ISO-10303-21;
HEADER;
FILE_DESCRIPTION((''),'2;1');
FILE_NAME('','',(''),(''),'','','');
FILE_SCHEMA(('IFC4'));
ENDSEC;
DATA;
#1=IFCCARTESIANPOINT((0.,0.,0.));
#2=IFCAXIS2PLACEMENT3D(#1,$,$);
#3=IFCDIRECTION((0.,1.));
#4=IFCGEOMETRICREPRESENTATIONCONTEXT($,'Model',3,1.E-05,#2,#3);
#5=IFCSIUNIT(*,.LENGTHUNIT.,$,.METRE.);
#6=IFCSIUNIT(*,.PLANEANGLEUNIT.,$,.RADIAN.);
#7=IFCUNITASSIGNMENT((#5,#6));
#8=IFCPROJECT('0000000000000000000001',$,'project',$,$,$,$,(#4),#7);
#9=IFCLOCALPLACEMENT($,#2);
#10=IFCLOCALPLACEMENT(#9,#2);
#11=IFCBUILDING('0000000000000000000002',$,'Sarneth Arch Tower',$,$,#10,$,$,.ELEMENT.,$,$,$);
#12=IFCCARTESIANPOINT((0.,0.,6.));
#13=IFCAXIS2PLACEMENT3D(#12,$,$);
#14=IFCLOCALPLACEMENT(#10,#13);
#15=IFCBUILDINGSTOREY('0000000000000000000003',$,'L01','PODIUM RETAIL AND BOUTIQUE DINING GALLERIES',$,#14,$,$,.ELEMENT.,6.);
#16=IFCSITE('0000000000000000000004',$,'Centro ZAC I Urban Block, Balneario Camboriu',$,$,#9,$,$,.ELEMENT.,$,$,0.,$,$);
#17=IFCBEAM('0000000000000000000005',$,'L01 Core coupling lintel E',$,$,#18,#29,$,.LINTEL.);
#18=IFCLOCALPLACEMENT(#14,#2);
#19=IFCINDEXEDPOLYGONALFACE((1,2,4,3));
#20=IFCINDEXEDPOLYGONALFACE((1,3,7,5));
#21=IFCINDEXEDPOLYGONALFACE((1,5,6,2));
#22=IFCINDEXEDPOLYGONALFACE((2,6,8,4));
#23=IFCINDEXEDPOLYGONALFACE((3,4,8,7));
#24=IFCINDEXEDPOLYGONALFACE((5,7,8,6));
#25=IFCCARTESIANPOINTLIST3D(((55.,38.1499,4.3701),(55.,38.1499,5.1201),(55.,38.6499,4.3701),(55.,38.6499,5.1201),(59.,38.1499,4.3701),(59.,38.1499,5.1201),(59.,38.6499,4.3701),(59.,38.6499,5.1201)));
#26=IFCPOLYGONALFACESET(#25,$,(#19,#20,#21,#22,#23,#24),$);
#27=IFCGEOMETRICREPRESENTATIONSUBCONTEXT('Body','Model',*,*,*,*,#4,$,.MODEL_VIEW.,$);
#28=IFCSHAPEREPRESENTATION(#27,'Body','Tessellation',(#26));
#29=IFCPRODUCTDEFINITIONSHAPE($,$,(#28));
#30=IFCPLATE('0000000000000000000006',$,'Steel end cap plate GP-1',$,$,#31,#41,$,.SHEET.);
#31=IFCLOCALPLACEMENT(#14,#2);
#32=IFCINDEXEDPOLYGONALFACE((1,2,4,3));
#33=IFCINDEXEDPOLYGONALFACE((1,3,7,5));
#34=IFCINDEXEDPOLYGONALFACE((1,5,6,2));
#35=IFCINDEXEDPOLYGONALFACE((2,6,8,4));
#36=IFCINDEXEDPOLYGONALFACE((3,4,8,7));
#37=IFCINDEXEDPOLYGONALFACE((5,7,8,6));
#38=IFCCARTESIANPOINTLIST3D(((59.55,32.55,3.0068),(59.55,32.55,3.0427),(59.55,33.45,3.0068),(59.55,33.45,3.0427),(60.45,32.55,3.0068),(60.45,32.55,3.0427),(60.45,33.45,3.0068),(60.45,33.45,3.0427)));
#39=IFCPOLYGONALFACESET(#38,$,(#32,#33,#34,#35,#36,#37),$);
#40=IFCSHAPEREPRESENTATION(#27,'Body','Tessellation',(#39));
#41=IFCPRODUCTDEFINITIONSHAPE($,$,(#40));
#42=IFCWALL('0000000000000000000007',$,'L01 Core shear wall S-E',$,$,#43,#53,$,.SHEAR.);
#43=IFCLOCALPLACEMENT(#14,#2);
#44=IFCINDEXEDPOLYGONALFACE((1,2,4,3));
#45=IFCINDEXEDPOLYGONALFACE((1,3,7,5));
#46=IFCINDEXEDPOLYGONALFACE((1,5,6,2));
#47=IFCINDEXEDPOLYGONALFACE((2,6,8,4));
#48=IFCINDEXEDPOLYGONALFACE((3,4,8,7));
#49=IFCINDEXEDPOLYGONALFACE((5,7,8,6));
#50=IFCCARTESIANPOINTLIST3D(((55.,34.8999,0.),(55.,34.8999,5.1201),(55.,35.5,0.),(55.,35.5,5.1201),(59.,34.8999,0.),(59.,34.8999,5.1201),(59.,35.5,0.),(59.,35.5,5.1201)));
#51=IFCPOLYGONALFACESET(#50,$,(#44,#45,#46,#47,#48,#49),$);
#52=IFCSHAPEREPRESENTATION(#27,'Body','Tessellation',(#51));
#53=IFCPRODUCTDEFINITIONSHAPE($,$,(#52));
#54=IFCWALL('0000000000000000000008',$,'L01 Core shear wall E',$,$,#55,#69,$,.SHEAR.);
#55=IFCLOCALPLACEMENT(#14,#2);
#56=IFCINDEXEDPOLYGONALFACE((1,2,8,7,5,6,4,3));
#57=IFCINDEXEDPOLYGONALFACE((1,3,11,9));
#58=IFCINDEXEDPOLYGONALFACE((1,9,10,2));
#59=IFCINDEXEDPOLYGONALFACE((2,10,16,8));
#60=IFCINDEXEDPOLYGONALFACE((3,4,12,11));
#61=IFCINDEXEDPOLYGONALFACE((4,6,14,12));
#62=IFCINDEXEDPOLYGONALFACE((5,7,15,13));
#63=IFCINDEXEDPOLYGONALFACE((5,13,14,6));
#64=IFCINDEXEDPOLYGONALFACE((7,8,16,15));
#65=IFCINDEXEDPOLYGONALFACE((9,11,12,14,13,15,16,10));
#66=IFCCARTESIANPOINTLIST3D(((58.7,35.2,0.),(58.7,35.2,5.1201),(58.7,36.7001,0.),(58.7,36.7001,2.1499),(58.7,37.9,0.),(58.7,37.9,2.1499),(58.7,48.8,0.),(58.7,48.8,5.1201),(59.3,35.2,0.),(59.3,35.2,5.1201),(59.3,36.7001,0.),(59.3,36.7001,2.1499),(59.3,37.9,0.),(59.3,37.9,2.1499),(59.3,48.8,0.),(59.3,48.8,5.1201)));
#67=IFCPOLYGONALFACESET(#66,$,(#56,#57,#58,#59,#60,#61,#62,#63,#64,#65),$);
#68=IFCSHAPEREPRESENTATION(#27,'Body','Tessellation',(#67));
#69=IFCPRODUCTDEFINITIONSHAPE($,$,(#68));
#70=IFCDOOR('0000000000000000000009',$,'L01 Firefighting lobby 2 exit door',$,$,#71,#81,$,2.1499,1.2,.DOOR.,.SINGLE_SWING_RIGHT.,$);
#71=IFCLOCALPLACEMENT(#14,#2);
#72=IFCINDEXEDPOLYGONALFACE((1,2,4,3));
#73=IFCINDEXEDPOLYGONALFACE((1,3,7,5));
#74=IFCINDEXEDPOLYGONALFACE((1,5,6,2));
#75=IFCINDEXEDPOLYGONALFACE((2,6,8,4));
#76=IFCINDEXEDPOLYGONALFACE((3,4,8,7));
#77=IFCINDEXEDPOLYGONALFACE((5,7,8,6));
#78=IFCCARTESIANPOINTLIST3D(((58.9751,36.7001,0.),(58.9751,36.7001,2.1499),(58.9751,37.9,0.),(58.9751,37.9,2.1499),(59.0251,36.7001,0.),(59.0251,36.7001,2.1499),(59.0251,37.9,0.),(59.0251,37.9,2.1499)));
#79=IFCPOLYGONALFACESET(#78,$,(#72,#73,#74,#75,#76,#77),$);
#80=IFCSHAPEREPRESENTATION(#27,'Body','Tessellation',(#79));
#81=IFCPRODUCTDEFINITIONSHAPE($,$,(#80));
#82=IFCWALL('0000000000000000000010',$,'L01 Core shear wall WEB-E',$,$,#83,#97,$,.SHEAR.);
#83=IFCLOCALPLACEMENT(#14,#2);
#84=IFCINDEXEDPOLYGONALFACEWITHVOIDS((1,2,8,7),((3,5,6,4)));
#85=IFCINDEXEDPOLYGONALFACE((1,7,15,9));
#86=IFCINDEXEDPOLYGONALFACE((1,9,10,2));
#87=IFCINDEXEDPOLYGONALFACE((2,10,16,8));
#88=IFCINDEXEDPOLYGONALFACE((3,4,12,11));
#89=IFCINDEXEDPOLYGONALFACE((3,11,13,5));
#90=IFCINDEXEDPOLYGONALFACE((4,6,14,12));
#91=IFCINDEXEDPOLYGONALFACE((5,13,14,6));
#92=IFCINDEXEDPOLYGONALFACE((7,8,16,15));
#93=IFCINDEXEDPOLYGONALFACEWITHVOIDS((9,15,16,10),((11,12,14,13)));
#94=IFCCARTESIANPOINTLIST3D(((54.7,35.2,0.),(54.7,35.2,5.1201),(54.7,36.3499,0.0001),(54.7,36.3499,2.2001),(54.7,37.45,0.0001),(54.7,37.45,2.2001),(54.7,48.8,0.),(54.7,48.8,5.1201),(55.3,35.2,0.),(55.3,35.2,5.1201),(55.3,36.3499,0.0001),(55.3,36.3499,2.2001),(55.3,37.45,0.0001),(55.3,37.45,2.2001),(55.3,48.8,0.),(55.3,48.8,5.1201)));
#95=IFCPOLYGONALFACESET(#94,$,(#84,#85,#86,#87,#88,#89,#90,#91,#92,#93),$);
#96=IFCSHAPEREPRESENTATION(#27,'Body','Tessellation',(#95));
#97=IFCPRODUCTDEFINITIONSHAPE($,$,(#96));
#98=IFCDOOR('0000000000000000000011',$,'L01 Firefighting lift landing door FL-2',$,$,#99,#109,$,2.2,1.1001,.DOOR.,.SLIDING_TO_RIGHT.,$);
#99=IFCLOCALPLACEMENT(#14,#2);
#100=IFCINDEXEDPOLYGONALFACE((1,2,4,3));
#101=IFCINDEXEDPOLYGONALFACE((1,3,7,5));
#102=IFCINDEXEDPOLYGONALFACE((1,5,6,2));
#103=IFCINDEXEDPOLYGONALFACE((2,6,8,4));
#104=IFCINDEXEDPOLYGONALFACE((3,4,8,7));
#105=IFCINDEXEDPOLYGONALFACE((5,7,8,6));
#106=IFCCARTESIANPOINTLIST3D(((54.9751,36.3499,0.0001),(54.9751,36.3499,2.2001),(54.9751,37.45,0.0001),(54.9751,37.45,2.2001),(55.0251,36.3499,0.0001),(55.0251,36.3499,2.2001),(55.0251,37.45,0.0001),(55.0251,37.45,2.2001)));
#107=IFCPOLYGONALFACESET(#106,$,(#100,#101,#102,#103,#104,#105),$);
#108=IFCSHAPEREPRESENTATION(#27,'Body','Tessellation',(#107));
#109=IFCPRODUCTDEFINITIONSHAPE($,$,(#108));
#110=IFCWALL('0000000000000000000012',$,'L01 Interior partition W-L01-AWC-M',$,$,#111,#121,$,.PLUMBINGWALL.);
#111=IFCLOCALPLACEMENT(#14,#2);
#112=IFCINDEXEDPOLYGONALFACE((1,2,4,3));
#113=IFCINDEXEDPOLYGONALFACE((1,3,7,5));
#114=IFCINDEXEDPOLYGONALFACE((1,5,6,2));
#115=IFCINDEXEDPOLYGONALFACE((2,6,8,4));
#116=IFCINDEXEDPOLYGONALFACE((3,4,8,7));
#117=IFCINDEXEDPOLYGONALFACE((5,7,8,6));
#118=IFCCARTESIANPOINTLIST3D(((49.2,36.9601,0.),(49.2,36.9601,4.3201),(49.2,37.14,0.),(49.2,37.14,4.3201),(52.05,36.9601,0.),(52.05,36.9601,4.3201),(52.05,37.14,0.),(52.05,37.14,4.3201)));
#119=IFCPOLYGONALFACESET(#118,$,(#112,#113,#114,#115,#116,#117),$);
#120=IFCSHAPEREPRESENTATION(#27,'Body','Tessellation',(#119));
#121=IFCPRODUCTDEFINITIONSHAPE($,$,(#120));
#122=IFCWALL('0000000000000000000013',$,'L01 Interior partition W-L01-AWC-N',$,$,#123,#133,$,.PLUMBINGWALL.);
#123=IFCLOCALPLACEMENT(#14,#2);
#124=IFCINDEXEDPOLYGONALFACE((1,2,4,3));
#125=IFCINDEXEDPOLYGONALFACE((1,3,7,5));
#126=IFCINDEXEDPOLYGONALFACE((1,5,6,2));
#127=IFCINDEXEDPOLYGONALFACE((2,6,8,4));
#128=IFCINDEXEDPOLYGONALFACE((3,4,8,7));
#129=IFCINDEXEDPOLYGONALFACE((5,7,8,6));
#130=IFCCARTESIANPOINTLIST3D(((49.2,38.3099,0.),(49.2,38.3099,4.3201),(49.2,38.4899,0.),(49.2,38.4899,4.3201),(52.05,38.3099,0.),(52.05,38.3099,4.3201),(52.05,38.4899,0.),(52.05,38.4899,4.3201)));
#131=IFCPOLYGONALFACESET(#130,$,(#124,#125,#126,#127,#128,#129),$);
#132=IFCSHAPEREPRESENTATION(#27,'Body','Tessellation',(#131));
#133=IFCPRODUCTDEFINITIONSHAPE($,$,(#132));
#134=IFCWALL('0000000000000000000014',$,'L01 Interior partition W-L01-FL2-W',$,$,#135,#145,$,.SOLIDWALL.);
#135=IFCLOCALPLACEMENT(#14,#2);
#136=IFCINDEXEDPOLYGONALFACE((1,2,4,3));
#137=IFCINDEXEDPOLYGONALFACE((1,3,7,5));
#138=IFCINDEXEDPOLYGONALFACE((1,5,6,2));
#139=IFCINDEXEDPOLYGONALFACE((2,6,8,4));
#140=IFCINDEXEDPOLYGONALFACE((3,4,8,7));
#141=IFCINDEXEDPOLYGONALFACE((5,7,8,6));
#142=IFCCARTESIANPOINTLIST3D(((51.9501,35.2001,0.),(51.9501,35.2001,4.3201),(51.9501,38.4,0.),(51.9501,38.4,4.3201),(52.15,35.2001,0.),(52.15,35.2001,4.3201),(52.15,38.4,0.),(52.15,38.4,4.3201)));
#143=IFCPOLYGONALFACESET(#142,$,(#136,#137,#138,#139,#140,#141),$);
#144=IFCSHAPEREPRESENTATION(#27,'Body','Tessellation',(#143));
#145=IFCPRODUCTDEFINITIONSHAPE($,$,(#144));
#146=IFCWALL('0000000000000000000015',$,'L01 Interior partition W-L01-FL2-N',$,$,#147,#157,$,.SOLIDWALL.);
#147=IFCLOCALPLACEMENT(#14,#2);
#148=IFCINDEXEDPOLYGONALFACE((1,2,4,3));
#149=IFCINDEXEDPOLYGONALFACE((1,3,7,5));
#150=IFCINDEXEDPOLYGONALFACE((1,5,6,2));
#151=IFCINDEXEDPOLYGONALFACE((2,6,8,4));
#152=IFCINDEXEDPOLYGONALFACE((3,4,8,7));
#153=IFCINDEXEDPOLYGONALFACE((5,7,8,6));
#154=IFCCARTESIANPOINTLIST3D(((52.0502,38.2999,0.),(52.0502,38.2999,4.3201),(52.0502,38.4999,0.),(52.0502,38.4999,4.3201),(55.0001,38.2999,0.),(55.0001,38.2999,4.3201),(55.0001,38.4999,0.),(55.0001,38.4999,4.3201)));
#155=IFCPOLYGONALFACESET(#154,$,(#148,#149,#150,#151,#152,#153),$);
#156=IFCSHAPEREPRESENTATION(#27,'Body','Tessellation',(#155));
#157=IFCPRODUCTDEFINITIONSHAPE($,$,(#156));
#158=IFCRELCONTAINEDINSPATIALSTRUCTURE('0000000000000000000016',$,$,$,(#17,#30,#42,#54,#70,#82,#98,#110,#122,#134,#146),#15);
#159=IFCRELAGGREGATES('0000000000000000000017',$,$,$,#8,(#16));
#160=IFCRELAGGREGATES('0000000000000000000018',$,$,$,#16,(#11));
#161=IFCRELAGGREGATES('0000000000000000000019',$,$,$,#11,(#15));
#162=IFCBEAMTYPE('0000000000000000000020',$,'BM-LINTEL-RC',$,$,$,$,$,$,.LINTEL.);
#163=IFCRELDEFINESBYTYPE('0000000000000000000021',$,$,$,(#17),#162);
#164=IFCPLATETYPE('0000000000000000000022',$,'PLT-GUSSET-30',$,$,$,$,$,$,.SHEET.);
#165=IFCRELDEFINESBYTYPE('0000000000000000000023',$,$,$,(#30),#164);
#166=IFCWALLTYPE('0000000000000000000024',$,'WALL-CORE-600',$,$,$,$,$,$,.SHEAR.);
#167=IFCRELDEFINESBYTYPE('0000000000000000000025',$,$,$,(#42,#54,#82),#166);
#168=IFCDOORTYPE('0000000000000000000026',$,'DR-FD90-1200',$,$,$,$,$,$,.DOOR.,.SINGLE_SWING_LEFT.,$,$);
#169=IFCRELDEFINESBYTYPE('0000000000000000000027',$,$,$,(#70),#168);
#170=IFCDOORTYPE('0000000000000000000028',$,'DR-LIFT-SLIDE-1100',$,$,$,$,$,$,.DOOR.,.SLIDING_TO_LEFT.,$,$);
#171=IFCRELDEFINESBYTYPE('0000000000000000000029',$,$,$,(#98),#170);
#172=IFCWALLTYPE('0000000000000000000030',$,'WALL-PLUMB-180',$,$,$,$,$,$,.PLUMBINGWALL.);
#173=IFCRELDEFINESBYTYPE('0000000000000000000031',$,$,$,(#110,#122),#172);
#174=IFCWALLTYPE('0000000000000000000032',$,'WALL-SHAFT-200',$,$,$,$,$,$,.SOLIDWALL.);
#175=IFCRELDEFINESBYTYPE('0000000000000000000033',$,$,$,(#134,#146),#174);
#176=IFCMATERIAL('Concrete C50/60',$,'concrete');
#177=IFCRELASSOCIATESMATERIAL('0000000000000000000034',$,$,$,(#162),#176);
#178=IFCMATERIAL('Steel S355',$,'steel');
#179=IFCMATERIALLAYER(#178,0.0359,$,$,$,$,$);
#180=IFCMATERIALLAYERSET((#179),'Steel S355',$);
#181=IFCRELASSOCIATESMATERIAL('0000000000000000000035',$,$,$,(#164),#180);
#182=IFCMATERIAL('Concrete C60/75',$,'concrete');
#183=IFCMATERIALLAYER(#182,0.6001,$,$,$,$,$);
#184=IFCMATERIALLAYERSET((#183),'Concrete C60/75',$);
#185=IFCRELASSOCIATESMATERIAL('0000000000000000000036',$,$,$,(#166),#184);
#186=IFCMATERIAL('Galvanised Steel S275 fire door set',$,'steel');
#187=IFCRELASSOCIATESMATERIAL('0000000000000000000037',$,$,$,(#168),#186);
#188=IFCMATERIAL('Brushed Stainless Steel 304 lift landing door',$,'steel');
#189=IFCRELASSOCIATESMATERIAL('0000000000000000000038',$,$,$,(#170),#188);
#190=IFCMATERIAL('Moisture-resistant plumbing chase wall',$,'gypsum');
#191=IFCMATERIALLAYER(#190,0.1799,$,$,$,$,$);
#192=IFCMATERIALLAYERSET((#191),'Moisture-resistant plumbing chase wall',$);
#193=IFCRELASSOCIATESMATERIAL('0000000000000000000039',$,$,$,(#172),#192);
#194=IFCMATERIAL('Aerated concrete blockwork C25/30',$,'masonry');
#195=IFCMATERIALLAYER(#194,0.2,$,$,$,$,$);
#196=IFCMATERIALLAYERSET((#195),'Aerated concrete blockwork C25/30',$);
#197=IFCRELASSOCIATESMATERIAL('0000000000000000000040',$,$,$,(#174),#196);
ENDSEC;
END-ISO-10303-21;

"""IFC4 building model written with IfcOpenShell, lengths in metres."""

from ifc_helpers import new_model, si_unit, direction, frame, frame_2d, origin, origin_2d, place, context, subcontext, project, spatial, rectangle, extrude, material, layer, layer_set, material_profile, profile_set, type_object, element, fill, save


model = new_model("IFC4")

# Units and contexts
model_context = context("Model", 3, precision=1e-05, world=origin(), true_north=direction((0.0, 1.0)))
body_context = subcontext(model_context, "Body", "Model", "MODEL_VIEW")
ifc_project = project(units=[si_unit("LENGTHUNIT", "METRE"), si_unit("PLANEANGLEUNIT", "RADIAN")], contexts=[model_context])

# Site, building, storey
site_placement = place(None, origin())
site = spatial("IfcSite", under=ifc_project, at=site_placement, Name="Centro ZAC I Urban Block, Balneario Camboriu", CompositionType="ELEMENT", RefElevation=0.0)
building_placement = place(site_placement, origin())
building = spatial("IfcBuilding", under=site, at=building_placement, Name="Sarneth Arch Tower", CompositionType="ELEMENT")
storey_placement = place(building_placement, frame((0.0, 0.0, 6.0)))
storey = spatial("IfcBuildingStorey", under=building, at=storey_placement, Name="L01", Description="PODIUM RETAIL AND BOUTIQUE DINING GALLERIES", CompositionType="ELEMENT", Elevation=6.0)

# Beam
ifc_material_1 = material(Name="Concrete C50/60", Category="concrete")
ifc_material_profile = material_profile(ifc_material_1, rectangle(XDim=0.5, YDim=0.75, at=origin_2d()), Name="RC-500x750")
ifc_profile_set = profile_set([ifc_material_profile], Name="Concrete C50/60")
beam_type = type_object("IfcBeamType", Name="BM-LINTEL-RC", PredefinedType="LINTEL", material=ifc_profile_set)
beam_placement = place(storey_placement, frame((55.0, 38.3999, 4.7451), z_axis=(1.0, 0.0, 0.0), x_axis=(0.0, 1.0, 0.0)))
element("IfcBeam", 1, at=beam_placement, inside=storey, type_object=beam_type, Name="L01 Core coupling lintel E", PredefinedType="LINTEL", context=body_context, shape_type="SweptSolid", body=[
    extrude(rectangle(XDim=0.5, YDim=0.75, at=origin_2d()), origin(), (0.0, 0.0, 1.0), 4.0),
])

# Plate
ifc_material_2 = material(Name="Steel S355", Category="steel")
ifc_layer_1 = layer(ifc_material_2, 0.0359)
ifc_layer_set_1 = layer_set([ifc_layer_1], Name="Steel S355")
plate_type = type_object("IfcPlateType", Name="PLT-GUSSET-30", PredefinedType="SHEET", material=ifc_layer_set_1)
plate_placement = place(storey_placement, frame((60.0, 33.0, 3.0068), z_axis=(0.0, 0.0, 1.0), x_axis=(-1.0, 0.0, 0.0)))
element("IfcPlate", 2, at=plate_placement, inside=storey, type_object=plate_type, Name="Steel end cap plate GP-1", PredefinedType="SHEET", context=body_context, shape_type="SweptSolid", body=[
    extrude(rectangle(XDim=0.8999, YDim=0.8999, at=origin_2d()), origin(), (0.0, 0.0, 1.0), 0.0359),
])

# Wall
ifc_material_3 = material(Name="Concrete C60/75", Category="concrete")
ifc_layer_2 = layer(ifc_material_3, 0.6001)
ifc_layer_set_2 = layer_set([ifc_layer_2], Name="Concrete C60/75")
wall_type_1 = type_object("IfcWallType", Name="WALL-CORE-600", PredefinedType="SHEAR", material=ifc_layer_set_2)
wall_1_placement = place(storey_placement, frame((55.0, 35.2, 0.0), z_axis=(0.0, 0.0, 1.0), x_axis=(1.0, 0.0, 0.0)))
element("IfcWall", 3, at=wall_1_placement, inside=storey, type_object=wall_type_1, Name="L01 Core shear wall S-E", PredefinedType="SHEAR", context=body_context, shape_type="SweptSolid", body=[
    extrude(rectangle(XDim=4.0, YDim=0.6001, at=frame_2d((2.0, 0.0))), origin(), (0.0, 0.0, 1.0), 5.1201),
])

# Walls, openings, doors
wall_2_placement = place(storey_placement, frame((59.0, 35.2, 0.0), z_axis=(0.0, 0.0, 1.0), x_axis=(0.0, 1.0, 0.0)))
wall_2 = element("IfcWall", 4, at=wall_2_placement, inside=storey, type_object=wall_type_1, Name="L01 Core shear wall E", PredefinedType="SHEAR", context=body_context, shape_type="SweptSolid", body=[
    extrude(rectangle(XDim=13.6001, YDim=0.6001, at=frame_2d((6.8, 0.0))), origin(), (0.0, 0.0, 1.0), 5.1201),
])
opening_1_placement = place(wall_2_placement, frame((1.5, 0.0, 0.0)))
opening_1 = element("IfcOpeningElement", 5, at=opening_1_placement, cuts=wall_2, PredefinedType="OPENING", context=body_context, shape_type="SweptSolid", body=[
    extrude(rectangle(XDim=1.2, YDim=2.1499, at=frame_2d((0.6001, 1.075))), frame((0.0, 0.3101, 0.0), z_axis=(0.0, -1.0, 0.0), x_axis=(1.0, 0.0, 0.0)), (0.0, 0.0, 1.0), 0.6201),
])
ifc_material_4 = material(Name="Galvanised Steel S275 fire door set", Category="steel")
door_type_1 = type_object("IfcDoorType", Name="DR-FD90-1200", OperationType="SINGLE_SWING_LEFT", PredefinedType="DOOR", material=ifc_material_4)
door_1_placement = place(opening_1_placement, origin())
door_1 = element("IfcDoor", 6, at=door_1_placement, inside=storey, type_object=door_type_1, Name="L01 Firefighting lobby 2 exit door", OperationType="SINGLE_SWING_RIGHT", OverallHeight=2.1499, OverallWidth=1.2, PredefinedType="DOOR", context=body_context, shape_type="SweptSolid", body=[
    extrude(rectangle(XDim=1.2, YDim=2.1499, at=frame_2d((0.6001, 1.075))), frame((0.0, 0.0249, 0.0), z_axis=(0.0, -1.0, 0.0), x_axis=(1.0, 0.0, 0.0)), (0.0, 0.0, 1.0), 0.05),
])
fill(opening_1, door_1)
wall_3_placement = place(storey_placement, frame((55.0, 35.2, 0.0), z_axis=(0.0, 0.0, 1.0), x_axis=(0.0, 1.0, 0.0)))
wall_3 = element("IfcWall", 7, at=wall_3_placement, inside=storey, type_object=wall_type_1, Name="L01 Core shear wall WEB-E", PredefinedType="SHEAR", context=body_context, shape_type="SweptSolid", body=[
    extrude(rectangle(XDim=13.6001, YDim=0.6001, at=frame_2d((6.8, 0.0))), origin(), (0.0, 0.0, 1.0), 5.1201),
])
opening_2_placement = place(wall_3_placement, frame((1.1499, 0.0, 0.0)))
opening_2 = element("IfcOpeningElement", 8, at=opening_2_placement, cuts=wall_3, PredefinedType="OPENING", context=body_context, shape_type="SweptSolid", body=[
    extrude(rectangle(XDim=1.1001, YDim=2.2, at=frame_2d((0.55, 1.1001))), frame((0.0, 0.3101, 0.0), z_axis=(0.0, -1.0, 0.0), x_axis=(1.0, 0.0, 0.0)), (0.0, 0.0, 1.0), 0.6201),
])
ifc_material_5 = material(Name="Brushed Stainless Steel 304 lift landing door", Category="steel")
door_type_2 = type_object("IfcDoorType", Name="DR-LIFT-SLIDE-1100", OperationType="SLIDING_TO_LEFT", PredefinedType="DOOR", material=ifc_material_5)
door_2_placement = place(opening_2_placement, origin())
door_2 = element("IfcDoor", 9, at=door_2_placement, inside=storey, type_object=door_type_2, Name="L01 Firefighting lift landing door FL-2", OperationType="SLIDING_TO_RIGHT", OverallHeight=2.2, OverallWidth=1.1001, PredefinedType="DOOR", context=body_context, shape_type="SweptSolid", body=[
    extrude(rectangle(XDim=1.1001, YDim=2.2, at=frame_2d((0.55, 1.1001))), frame((0.0, 0.0249, 0.0), z_axis=(0.0, -1.0, 0.0), x_axis=(1.0, 0.0, 0.0)), (0.0, 0.0, 1.0), 0.05),
])
fill(opening_2, door_2)

# Walls
ifc_material_6 = material(Name="Moisture-resistant plumbing chase wall", Category="gypsum")
ifc_layer_3 = layer(ifc_material_6, 0.1799)
ifc_layer_set_3 = layer_set([ifc_layer_3], Name="Moisture-resistant plumbing chase wall")
wall_type_2 = type_object("IfcWallType", Name="WALL-PLUMB-180", PredefinedType="PLUMBINGWALL", material=ifc_layer_set_3)
for number, where, z_axis, x_axis, name in (
    (10, (49.2, 37.05, 0.0), (0.0, 0.0, 1.0), (1.0, 0.0, 0.0), "L01 Interior partition W-L01-AWC-M"),
    (11, (49.2, 38.3999, 0.0), (0.0, 0.0, 1.0), (1.0, 0.0, 0.0), "L01 Interior partition W-L01-AWC-N"),
):
    element("IfcWall", number, at=place(storey_placement, frame(where, z_axis=z_axis, x_axis=x_axis)), inside=storey, type_object=wall_type_2, Name=name, PredefinedType="PLUMBINGWALL", context=body_context, shape_type="SweptSolid", body=[
        extrude(rectangle(XDim=2.8501, YDim=0.1799, at=frame_2d((1.425, 0.0))), origin(), (0.0, 0.0, 1.0), 4.3201),
    ])

# Shared definitions
ifc_material_7 = material(Name="Aerated concrete blockwork C25/30", Category="masonry")
ifc_layer_4 = layer(ifc_material_7, 0.2)
ifc_layer_set_4 = layer_set([ifc_layer_4], Name="Aerated concrete blockwork C25/30")
wall_type_3 = type_object("IfcWallType", Name="WALL-SHAFT-200", PredefinedType="SOLIDWALL", material=ifc_layer_set_4)

# Walls
wall_4_placement = place(storey_placement, frame((52.05, 35.2, 0.0), z_axis=(0.0, 0.0, 1.0), x_axis=(0.0, 1.0, 0.0)))
element("IfcWall", 12, at=wall_4_placement, inside=storey, type_object=wall_type_3, Name="L01 Interior partition W-L01-FL2-W", PredefinedType="SOLIDWALL", context=body_context, shape_type="SweptSolid", body=[
    extrude(rectangle(XDim=3.2, YDim=0.2, at=frame_2d((1.6001, 0.0))), origin(), (0.0, 0.0, 1.0), 4.3201),
])
wall_5_placement = place(storey_placement, frame((52.05, 38.3999, 0.0), z_axis=(0.0, 0.0, 1.0), x_axis=(1.0, 0.0, 0.0)))
element("IfcWall", 13, at=wall_5_placement, inside=storey, type_object=wall_type_3, Name="L01 Interior partition W-L01-FL2-N", PredefinedType="SOLIDWALL", context=body_context, shape_type="SweptSolid", body=[
    extrude(rectangle(XDim=2.95, YDim=0.2, at=frame_2d((1.4751, 0.0))), origin(), (0.0, 0.0, 1.0), 4.3201),
])

save(model, "model.ifc")
